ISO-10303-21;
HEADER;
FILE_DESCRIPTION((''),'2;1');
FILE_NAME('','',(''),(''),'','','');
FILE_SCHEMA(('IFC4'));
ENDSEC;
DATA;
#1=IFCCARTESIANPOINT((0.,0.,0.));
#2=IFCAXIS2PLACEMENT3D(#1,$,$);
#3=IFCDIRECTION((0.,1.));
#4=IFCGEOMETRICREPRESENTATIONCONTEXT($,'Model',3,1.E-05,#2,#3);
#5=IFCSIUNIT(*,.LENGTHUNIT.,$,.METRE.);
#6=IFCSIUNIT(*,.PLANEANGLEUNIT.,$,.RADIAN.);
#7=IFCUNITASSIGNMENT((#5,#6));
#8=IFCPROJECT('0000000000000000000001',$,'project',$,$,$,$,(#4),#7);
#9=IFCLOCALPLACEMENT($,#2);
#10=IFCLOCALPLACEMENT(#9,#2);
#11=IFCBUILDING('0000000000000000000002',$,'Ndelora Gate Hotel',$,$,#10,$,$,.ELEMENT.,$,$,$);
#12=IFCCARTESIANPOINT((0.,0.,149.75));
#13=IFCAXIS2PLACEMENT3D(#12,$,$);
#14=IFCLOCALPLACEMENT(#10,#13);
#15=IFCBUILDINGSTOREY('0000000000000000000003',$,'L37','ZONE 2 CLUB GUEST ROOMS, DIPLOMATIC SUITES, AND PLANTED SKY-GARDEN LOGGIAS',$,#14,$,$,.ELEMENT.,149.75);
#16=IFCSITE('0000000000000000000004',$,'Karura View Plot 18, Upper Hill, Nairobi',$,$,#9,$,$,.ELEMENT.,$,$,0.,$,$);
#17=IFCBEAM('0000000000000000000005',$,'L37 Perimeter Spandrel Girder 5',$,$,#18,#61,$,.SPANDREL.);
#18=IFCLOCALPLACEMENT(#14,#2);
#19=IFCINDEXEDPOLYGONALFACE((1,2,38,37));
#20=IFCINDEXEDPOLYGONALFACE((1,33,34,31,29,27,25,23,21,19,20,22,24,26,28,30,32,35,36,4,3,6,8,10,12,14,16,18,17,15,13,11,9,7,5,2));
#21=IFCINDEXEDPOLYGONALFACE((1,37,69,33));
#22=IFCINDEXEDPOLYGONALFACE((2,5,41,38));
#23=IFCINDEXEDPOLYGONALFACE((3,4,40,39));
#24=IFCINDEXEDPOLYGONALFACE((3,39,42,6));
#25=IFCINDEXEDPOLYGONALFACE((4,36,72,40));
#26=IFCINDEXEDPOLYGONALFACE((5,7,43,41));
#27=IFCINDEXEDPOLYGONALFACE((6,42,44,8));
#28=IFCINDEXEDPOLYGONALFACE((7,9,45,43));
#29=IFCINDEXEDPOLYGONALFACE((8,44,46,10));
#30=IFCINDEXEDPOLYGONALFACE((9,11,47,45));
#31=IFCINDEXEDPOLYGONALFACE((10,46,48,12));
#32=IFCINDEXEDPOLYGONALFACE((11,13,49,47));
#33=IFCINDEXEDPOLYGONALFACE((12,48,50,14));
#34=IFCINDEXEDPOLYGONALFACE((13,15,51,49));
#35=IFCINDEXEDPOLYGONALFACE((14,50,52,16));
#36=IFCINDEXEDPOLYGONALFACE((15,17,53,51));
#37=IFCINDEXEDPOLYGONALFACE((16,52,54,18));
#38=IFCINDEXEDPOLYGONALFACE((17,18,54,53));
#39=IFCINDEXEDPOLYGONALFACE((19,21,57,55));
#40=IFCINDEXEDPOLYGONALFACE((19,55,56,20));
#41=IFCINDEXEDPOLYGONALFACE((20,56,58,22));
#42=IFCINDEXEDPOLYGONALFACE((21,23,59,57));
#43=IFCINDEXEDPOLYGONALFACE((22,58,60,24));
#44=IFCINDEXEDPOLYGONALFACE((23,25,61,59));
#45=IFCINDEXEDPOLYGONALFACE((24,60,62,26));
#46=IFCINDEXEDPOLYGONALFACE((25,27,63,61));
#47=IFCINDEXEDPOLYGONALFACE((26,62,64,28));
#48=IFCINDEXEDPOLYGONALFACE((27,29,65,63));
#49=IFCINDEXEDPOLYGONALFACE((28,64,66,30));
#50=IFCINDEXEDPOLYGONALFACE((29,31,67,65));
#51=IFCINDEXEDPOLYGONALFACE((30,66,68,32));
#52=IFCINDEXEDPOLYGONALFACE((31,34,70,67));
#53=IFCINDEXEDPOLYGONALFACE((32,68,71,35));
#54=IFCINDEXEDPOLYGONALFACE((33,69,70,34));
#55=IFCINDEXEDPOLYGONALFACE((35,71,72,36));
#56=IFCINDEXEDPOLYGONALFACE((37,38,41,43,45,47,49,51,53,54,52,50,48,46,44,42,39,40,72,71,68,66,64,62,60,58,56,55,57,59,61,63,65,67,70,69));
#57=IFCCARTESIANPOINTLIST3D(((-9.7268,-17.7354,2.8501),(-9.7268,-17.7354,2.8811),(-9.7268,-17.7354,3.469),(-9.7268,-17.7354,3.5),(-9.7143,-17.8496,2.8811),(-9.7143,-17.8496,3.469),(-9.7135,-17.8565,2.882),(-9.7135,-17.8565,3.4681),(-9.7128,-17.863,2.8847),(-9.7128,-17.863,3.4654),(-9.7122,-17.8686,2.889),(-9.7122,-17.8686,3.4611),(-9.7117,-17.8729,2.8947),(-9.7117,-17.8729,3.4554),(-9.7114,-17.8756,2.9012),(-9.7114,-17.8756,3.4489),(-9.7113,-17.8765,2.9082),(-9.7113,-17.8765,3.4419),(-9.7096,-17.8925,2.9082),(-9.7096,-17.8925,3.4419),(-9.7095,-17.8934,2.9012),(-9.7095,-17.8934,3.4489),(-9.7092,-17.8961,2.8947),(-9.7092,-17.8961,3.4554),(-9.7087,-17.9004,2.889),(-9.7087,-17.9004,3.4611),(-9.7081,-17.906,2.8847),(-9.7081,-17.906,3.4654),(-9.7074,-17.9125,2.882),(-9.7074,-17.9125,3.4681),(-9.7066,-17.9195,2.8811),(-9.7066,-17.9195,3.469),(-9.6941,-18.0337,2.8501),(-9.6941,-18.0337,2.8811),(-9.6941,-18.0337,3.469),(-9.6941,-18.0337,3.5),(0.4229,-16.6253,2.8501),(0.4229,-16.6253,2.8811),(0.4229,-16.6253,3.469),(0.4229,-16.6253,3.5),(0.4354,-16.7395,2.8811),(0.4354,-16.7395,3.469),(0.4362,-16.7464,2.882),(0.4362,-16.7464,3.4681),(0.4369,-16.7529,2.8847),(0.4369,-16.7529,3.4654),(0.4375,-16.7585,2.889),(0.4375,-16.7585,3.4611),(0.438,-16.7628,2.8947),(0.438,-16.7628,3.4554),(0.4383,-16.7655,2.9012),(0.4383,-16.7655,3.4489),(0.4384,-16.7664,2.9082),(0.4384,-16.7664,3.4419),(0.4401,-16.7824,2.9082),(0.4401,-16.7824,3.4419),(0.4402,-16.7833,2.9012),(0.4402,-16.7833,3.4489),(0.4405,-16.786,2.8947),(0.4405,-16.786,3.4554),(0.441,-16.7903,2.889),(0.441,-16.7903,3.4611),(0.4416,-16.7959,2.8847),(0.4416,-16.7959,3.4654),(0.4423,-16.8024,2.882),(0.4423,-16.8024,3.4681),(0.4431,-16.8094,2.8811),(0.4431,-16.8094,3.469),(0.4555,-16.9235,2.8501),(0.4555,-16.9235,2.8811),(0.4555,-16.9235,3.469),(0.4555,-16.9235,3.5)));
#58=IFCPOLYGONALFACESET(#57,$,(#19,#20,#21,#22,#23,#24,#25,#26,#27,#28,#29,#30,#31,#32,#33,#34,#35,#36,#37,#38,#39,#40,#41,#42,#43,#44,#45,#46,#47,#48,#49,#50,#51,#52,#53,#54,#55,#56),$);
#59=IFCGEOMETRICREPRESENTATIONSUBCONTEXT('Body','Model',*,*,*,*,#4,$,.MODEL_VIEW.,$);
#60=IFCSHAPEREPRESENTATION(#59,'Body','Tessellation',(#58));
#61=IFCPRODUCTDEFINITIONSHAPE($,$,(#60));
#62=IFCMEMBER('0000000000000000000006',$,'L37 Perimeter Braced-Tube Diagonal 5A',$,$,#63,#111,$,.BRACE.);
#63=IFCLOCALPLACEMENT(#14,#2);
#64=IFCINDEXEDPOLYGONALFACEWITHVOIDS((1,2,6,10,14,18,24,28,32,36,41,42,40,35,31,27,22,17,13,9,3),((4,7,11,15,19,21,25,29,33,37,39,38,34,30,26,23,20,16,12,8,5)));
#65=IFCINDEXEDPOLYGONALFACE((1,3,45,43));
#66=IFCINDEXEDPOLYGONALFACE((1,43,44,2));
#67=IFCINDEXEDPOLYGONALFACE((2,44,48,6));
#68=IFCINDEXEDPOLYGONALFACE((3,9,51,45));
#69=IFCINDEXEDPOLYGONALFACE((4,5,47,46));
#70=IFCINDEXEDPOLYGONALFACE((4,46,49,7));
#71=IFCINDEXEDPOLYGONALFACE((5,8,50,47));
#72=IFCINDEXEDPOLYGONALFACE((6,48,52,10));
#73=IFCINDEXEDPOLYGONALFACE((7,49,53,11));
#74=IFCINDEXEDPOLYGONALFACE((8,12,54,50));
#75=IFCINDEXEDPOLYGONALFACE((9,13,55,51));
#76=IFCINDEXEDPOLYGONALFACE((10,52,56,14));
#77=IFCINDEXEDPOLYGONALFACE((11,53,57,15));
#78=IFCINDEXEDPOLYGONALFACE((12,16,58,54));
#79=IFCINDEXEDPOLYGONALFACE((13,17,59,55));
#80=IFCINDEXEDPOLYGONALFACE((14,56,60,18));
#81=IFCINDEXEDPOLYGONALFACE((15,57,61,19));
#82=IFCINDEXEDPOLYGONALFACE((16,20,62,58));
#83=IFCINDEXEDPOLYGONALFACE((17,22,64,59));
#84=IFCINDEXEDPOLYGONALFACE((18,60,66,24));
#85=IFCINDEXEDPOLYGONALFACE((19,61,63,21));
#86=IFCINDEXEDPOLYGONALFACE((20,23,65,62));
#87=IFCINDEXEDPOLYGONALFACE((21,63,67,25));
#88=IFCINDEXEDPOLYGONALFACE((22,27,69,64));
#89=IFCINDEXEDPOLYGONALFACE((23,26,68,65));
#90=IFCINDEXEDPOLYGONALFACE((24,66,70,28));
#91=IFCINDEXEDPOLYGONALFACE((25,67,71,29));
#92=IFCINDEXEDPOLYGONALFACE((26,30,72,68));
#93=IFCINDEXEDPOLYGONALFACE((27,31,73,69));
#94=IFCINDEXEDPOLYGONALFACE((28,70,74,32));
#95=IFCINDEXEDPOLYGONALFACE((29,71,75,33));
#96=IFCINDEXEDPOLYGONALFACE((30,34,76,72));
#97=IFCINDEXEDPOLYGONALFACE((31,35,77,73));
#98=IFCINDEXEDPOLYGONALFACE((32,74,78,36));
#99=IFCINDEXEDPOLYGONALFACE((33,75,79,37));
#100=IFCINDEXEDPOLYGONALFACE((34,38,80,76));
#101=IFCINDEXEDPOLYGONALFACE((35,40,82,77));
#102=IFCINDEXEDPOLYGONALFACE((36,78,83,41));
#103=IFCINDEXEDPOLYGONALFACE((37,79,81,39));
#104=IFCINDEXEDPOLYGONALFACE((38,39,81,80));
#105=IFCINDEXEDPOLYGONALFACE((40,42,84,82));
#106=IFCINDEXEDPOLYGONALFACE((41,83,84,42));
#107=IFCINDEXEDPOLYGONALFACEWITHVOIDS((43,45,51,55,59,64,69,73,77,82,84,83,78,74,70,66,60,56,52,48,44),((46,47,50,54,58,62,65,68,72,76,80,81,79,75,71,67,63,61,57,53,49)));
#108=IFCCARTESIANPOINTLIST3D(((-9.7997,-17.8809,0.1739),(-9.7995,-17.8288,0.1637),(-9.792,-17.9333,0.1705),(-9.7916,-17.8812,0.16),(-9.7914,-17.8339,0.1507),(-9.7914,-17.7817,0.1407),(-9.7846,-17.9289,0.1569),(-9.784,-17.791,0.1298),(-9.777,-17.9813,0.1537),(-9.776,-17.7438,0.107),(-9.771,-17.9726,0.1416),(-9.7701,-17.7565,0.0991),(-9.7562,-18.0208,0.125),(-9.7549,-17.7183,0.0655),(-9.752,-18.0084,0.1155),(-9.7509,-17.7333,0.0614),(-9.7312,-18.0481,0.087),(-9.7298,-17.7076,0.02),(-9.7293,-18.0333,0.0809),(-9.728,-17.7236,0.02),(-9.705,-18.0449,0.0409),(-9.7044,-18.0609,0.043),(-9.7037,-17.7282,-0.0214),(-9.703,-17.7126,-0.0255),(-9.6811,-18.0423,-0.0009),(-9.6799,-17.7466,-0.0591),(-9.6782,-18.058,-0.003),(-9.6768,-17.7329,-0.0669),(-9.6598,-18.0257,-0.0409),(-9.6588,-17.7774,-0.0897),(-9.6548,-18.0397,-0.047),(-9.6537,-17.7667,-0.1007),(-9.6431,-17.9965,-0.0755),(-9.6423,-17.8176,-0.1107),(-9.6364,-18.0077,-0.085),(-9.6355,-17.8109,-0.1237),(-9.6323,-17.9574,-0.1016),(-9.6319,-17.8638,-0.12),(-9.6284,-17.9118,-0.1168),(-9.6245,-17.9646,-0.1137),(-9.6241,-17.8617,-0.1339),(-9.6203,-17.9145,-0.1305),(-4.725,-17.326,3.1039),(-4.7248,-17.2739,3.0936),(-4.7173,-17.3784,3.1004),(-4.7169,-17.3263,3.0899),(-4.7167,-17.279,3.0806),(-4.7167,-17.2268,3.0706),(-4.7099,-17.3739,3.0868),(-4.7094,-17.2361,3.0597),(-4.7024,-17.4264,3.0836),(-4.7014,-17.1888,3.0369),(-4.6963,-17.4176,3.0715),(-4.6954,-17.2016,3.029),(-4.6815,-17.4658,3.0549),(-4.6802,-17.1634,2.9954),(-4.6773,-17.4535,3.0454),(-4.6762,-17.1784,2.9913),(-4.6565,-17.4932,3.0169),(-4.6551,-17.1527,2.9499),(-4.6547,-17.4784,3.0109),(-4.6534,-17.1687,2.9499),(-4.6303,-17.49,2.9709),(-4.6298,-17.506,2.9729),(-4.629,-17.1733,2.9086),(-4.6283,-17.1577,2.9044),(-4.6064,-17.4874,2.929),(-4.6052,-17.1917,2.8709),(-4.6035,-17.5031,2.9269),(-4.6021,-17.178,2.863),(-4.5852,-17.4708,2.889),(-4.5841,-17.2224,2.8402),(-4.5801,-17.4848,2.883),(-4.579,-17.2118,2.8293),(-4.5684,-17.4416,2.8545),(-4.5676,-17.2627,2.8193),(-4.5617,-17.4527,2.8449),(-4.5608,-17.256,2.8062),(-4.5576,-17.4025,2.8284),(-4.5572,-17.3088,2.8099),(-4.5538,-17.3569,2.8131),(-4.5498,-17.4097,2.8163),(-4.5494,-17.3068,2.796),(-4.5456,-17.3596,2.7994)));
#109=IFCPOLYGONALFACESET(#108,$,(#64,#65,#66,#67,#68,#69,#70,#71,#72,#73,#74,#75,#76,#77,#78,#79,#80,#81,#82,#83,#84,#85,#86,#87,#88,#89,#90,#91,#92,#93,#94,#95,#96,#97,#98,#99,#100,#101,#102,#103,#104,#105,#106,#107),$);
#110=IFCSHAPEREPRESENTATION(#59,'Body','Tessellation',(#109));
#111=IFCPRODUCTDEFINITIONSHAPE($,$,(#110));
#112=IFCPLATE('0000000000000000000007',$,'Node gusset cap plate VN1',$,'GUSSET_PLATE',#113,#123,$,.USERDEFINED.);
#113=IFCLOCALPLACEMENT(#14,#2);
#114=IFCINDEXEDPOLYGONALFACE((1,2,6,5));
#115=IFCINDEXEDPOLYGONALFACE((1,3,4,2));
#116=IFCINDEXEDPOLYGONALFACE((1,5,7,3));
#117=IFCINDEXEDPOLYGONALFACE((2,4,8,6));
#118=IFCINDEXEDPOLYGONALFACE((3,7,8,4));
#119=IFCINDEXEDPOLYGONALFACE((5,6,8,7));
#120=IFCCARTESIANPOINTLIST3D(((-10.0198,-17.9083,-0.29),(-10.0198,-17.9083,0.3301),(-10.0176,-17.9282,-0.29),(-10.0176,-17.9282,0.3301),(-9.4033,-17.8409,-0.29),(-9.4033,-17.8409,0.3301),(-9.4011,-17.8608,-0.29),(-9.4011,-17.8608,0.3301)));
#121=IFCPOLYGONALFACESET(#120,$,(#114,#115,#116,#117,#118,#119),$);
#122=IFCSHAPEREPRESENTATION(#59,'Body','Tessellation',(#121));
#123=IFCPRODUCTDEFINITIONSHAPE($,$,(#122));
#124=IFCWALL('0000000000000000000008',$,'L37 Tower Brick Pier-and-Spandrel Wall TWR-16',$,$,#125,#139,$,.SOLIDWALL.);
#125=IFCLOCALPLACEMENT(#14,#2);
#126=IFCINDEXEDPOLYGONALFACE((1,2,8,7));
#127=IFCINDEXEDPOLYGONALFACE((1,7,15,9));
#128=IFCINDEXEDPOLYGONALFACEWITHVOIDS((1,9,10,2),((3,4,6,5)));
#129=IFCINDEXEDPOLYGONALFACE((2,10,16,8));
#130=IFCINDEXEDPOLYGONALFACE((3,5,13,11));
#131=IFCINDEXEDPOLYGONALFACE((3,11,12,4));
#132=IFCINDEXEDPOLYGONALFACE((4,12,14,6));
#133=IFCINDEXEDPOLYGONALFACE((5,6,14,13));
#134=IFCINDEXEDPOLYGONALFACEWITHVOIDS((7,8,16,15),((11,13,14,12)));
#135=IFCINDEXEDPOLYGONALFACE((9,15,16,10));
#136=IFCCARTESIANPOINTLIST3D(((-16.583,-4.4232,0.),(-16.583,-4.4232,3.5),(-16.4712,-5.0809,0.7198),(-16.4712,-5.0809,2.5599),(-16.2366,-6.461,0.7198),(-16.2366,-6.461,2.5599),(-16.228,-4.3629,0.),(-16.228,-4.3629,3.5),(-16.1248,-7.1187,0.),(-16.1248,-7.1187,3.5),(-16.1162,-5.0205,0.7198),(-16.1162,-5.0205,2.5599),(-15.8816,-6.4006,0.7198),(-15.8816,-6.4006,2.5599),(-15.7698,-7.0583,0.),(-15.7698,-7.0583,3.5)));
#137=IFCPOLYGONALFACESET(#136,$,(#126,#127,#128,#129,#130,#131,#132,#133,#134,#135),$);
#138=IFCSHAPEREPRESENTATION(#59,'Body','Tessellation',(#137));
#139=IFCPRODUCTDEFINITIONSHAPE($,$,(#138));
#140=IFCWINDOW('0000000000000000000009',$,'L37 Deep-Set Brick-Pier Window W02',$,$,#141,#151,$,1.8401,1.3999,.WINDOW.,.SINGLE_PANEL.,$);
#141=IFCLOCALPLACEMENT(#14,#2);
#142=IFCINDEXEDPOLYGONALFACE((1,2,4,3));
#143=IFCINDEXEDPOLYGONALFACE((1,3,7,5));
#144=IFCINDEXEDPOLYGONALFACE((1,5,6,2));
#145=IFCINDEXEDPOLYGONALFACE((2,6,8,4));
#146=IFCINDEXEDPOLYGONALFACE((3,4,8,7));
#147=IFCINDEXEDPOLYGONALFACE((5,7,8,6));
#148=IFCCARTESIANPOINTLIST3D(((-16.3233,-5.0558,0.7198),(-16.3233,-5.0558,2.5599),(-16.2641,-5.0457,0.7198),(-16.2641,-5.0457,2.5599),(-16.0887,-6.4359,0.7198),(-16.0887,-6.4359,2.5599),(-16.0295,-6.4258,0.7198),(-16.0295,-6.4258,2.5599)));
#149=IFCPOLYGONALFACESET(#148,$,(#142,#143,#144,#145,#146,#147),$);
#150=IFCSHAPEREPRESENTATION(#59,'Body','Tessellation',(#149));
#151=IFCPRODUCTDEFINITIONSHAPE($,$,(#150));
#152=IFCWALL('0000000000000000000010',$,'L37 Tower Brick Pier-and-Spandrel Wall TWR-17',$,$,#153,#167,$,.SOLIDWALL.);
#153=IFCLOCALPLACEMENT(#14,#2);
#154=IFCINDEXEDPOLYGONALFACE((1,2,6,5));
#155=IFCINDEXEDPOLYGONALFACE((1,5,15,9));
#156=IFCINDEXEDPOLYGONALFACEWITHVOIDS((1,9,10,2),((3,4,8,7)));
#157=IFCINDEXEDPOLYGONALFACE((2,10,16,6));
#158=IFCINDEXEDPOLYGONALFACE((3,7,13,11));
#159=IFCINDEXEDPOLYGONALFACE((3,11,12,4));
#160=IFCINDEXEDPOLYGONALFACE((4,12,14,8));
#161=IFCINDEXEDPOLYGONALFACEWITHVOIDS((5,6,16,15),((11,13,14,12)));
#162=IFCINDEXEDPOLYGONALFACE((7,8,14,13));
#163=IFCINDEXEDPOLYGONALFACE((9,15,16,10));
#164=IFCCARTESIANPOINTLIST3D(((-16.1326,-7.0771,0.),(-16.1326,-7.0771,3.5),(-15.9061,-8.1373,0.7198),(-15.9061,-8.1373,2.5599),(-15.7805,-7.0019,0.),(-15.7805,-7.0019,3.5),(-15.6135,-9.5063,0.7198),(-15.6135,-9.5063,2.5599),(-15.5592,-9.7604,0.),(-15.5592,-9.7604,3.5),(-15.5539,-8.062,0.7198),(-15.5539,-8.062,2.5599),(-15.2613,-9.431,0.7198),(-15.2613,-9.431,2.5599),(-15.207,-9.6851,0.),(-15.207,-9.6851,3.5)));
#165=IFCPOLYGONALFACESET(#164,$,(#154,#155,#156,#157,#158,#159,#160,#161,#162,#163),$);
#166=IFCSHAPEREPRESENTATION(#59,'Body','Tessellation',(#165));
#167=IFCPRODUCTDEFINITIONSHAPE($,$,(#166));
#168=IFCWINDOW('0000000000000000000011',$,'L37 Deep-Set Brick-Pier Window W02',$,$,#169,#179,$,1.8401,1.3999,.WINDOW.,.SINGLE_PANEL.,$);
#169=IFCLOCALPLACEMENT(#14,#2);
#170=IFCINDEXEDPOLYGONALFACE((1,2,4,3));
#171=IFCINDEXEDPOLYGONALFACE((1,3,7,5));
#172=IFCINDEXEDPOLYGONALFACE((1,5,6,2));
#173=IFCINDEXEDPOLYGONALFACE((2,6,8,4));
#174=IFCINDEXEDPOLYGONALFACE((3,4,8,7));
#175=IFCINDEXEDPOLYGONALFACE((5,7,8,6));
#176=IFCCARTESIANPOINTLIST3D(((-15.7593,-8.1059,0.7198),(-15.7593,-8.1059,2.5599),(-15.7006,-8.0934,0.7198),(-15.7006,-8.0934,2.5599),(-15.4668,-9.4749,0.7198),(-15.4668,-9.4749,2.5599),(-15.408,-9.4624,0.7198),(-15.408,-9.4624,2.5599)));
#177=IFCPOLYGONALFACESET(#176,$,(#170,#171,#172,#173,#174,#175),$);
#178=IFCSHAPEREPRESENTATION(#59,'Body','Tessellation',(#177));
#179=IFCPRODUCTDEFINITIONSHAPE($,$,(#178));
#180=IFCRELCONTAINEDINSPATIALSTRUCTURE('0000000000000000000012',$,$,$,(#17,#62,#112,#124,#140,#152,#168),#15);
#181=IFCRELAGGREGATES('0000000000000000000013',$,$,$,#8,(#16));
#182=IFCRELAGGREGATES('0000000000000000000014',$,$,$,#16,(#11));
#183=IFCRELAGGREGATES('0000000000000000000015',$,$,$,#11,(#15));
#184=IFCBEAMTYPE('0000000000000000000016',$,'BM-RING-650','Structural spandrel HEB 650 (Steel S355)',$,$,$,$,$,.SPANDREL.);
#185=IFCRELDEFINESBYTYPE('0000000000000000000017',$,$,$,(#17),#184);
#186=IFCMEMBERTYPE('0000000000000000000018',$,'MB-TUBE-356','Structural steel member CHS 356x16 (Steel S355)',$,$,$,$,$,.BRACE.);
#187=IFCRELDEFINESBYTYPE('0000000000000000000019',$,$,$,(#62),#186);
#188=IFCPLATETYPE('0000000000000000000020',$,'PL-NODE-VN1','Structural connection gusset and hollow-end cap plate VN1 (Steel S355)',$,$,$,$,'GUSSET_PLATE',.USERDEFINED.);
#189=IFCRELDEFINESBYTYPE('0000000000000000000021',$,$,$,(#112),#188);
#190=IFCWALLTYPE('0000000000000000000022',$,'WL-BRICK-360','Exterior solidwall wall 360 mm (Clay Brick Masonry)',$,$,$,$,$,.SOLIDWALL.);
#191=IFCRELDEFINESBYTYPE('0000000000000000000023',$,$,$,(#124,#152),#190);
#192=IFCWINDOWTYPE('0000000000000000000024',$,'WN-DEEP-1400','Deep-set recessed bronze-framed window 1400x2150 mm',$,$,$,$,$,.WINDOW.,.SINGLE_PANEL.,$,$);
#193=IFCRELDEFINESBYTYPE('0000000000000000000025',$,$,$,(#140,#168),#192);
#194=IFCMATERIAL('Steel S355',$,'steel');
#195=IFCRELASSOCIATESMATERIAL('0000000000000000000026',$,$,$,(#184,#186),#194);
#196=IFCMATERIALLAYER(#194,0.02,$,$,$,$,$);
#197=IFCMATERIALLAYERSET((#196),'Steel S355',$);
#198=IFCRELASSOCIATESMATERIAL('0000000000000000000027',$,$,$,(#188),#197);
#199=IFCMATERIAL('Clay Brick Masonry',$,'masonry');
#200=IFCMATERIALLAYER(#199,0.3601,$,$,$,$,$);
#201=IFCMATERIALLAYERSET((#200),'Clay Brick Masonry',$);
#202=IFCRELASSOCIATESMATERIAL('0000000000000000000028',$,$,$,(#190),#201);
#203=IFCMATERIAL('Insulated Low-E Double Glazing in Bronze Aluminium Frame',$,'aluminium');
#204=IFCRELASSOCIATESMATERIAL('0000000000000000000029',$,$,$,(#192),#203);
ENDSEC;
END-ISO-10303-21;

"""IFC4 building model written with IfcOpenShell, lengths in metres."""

from ifc_helpers import new_model, si_unit, direction, frame, frame_2d, origin, origin_2d, place, context, subcontext, project, spatial, rectangle, hollow_circle, i_section, extrude, material, layer, layer_set, material_profile, profile_set, type_object, element, fill, save


model = new_model("IFC4")

# Units and contexts
model_context = context("Model", 3, precision=1e-05, world=origin(), true_north=direction((0.0, 1.0)))
body_context = subcontext(model_context, "Body", "Model", "MODEL_VIEW")
ifc_project = project(units=[si_unit("LENGTHUNIT", "METRE"), si_unit("PLANEANGLEUNIT", "RADIAN")], contexts=[model_context])

# Site, building, storey
site_placement = place(None, origin())
site = spatial("IfcSite", under=ifc_project, at=site_placement, Name="Karura View Plot 18, Upper Hill, Nairobi", CompositionType="ELEMENT", RefElevation=0.0)
building_placement = place(site_placement, origin())
building = spatial("IfcBuilding", under=site, at=building_placement, Name="Ndelora Gate Hotel", CompositionType="ELEMENT")
storey_placement = place(building_placement, frame((0.0, 0.0, 149.75)))
storey = spatial("IfcBuildingStorey", under=building, at=storey_placement, Name="L37", Description="ZONE 2 CLUB GUEST ROOMS, DIPLOMATIC SUITES, AND PLANTED SKY-GARDEN LOGGIAS", CompositionType="ELEMENT", Elevation=149.75)

# Beam
ifc_material_1 = material(Name="Steel S355", Category="steel")
ifc_material_profile_1 = material_profile(ifc_material_1, i_section(OverallWidth=0.3, OverallDepth=0.6499, WebThickness=0.0161, FlangeThickness=0.031, FilletRadius=0.0271, at=origin_2d()), Name="HEB 650")
ifc_profile_set_1 = profile_set([ifc_material_profile_1], Name="Steel S355")
beam_type_1 = type_object("IfcBeamType", Name="BM-RING-650", Description="Structural spandrel HEB 650 (Steel S355)", PredefinedType="SPANDREL", material=ifc_profile_set_1)
for number, where, z_axis, x_axis, name in (
    (1, (-9.7104, -17.8845, 3.175), (0.994072, 0.108725, 0.0), (-0.108725, 0.994072, 0.0), "L37 Perimeter Spandrel Girder 5"),
):
    element("IfcBeam", number, at=place(storey_placement, frame(where, z_axis=z_axis, x_axis=x_axis)), inside=storey, type_object=beam_type_1, Name=name, PredefinedType="SPANDREL", context=body_context, shape_type="SweptSolid", body=[
        extrude(i_section(OverallWidth=0.3, OverallDepth=0.6499, WebThickness=0.0161, FlangeThickness=0.031, FilletRadius=0.0271, at=origin_2d()), origin(), (0.0, 0.0, 1.0), 10.2102),
    ])

# Member
ifc_material_profile_2 = material_profile(ifc_material_1, hollow_circle(Radius=0.178, WallThickness=0.0161, at=origin_2d()), Name="CHS 356x16")
ifc_profile_set_2 = profile_set([ifc_material_profile_2], Name="Steel S355")
member_type = type_object("IfcMemberType", Name="MB-TUBE-356", Description="Structural steel member CHS 356x16 (Steel S355)", PredefinedType="BRACE", material=ifc_profile_set_2)
member_placement = place(storey_placement, frame((-9.7104, -17.8845, 0.02), z_axis=(0.862164, 0.09428, 0.497779), x_axis=(-0.108704, 0.994074, 0.0)))
element("IfcMember", 2, at=member_placement, inside=storey, type_object=member_type, Name="L37 Perimeter Braced-Tube Diagonal 5A", PredefinedType="BRACE", context=body_context, shape_type="SweptSolid", body=[
    extrude(hollow_circle(Radius=0.178, WallThickness=0.0161, at=origin_2d()), origin(), (0.0, 0.0, 1.0), 5.886),
])

# Plate
ifc_layer_1 = layer(ifc_material_1, 0.02)
ifc_layer_set_1 = layer_set([ifc_layer_1], Name="Steel S355")
plate_type = type_object("IfcPlateType", Name="PL-NODE-VN1", Description="Structural connection gusset and hollow-end cap plate VN1 (Steel S355)", ElementType="GUSSET_PLATE", PredefinedType="USERDEFINED", material=ifc_layer_set_1)
plate_placement = place(storey_placement, frame((-9.7104, -17.8845, -0.29), z_axis=(0.0, 0.0, 1.0), x_axis=(0.994075, 0.108693, 0.0)))
element("IfcPlate", 3, at=plate_placement, inside=storey, type_object=plate_type, Name="Node gusset cap plate VN1", ObjectType="GUSSET_PLATE", PredefinedType="USERDEFINED", context=body_context, shape_type="SweptSolid", body=[
    extrude(rectangle(XDim=0.6201, YDim=0.02, at=origin_2d()), origin(), (0.0, 0.0, 1.0), 0.6201),
])

# Walls, openings, windows
ifc_material_2 = material(Name="Clay Brick Masonry", Category="masonry")
ifc_layer_2 = layer(ifc_material_2, 0.3601)
ifc_layer_set_2 = layer_set([ifc_layer_2], Name="Clay Brick Masonry")
wall_type = type_object("IfcWallType", Name="WL-BRICK-360", Description="Exterior solidwall wall 360 mm (Clay Brick Masonry)", PredefinedType="SOLIDWALL", material=ifc_layer_set_2)
wall_1_placement = place(storey_placement, frame((-15.9473, -7.0886, 0.0), z_axis=(0.0, 0.0, 1.0), x_axis=(-0.167598, 0.985855, 0.0)))
wall_1 = element("IfcWall", 4, at=wall_1_placement, inside=storey, type_object=wall_type, Name="L37 Tower Brick Pier-and-Spandrel Wall TWR-16", PredefinedType="SOLIDWALL", context=body_context, shape_type="SweptSolid", body=[
    extrude(rectangle(XDim=2.7341, YDim=0.3601, at=frame_2d((1.3672, 0.0))), origin(), (0.0, 0.0, 1.0), 3.5),
])
opening_1_placement = place(wall_1_placement, frame((0.6672, 0.0, 0.72)))
opening_1 = element("IfcOpeningElement", 5, at=opening_1_placement, cuts=wall_1, PredefinedType="OPENING", context=body_context, shape_type="SweptSolid", body=[
    extrude(rectangle(XDim=1.3999, YDim=1.8401, at=frame_2d((0.7, 0.9199))), frame((0.0, 0.1899, 0.0), z_axis=(0.0, -1.0, 0.0), x_axis=(1.0, 0.0, 0.0)), (0.0, 0.0, 1.0), 0.3801),
])
ifc_material_3 = material(Name="Insulated Low-E Double Glazing in Bronze Aluminium Frame", Category="aluminium")
window_type_1 = type_object("IfcWindowType", Name="WN-DEEP-1400", Description="Deep-set recessed bronze-framed window 1400x2150 mm", PartitioningType="SINGLE_PANEL", PredefinedType="WINDOW", material=ifc_material_3)
window_1_placement = place(opening_1_placement, origin())
window_1 = element("IfcWindow", 6, at=window_1_placement, inside=storey, type_object=window_type_1, Name="L37 Deep-Set Brick-Pier Window W02", OverallHeight=1.8401, OverallWidth=1.3999, PartitioningType="SINGLE_PANEL", PredefinedType="WINDOW", context=body_context, shape_type="SweptSolid", body=[
    extrude(rectangle(XDim=1.3999, YDim=1.8401, at=frame_2d((0.7, 0.9199))), frame((0.0, 0.03, 0.0), z_axis=(0.0, -1.0, 0.0), x_axis=(1.0, 0.0, 0.0)), (0.0, 0.0, 1.0), 0.0601),
])
fill(opening_1, window_1)
wall_2_placement = place(storey_placement, frame((-15.3831, -9.7229, 0.0), z_axis=(0.0, 0.0, 1.0), x_axis=(-0.209, 0.977916, 0.0)))
wall_2 = element("IfcWall", 7, at=wall_2_placement, inside=storey, type_object=wall_type, Name="L37 Tower Brick Pier-and-Spandrel Wall TWR-17", PredefinedType="SOLIDWALL", context=body_context, shape_type="SweptSolid", body=[
    extrude(rectangle(XDim=2.7439, YDim=0.3601, at=frame_2d((1.3721, 0.0))), origin(), (0.0, 0.0, 1.0), 3.5),
])
opening_2_placement = place(wall_2_placement, frame((0.26, 0.0, 0.72)))
opening_2 = element("IfcOpeningElement", 8, at=opening_2_placement, cuts=wall_2, PredefinedType="OPENING", context=body_context, shape_type="SweptSolid", body=[
    extrude(rectangle(XDim=1.3999, YDim=1.8401, at=frame_2d((0.7, 0.9199))), frame((0.0, 0.1899, 0.0), z_axis=(0.0, -1.0, 0.0), x_axis=(1.0, 0.0, 0.0)), (0.0, 0.0, 1.0), 0.3801),
])
window_2_placement = place(opening_2_placement, origin())
window_2 = element("IfcWindow", 9, at=window_2_placement, inside=storey, type_object=window_type_1, Name="L37 Deep-Set Brick-Pier Window W02", OverallHeight=1.8401, OverallWidth=1.3999, PartitioningType="SINGLE_PANEL", PredefinedType="WINDOW", context=body_context, shape_type="SweptSolid", body=[
    extrude(rectangle(XDim=1.3999, YDim=1.8401, at=frame_2d((0.7, 0.9199))), frame((0.0, 0.03, 0.0), z_axis=(0.0, -1.0, 0.0), x_axis=(1.0, 0.0, 0.0)), (0.0, 0.0, 1.0), 0.0601),
])
fill(opening_2, window_2)

save(model, "model.ifc")
